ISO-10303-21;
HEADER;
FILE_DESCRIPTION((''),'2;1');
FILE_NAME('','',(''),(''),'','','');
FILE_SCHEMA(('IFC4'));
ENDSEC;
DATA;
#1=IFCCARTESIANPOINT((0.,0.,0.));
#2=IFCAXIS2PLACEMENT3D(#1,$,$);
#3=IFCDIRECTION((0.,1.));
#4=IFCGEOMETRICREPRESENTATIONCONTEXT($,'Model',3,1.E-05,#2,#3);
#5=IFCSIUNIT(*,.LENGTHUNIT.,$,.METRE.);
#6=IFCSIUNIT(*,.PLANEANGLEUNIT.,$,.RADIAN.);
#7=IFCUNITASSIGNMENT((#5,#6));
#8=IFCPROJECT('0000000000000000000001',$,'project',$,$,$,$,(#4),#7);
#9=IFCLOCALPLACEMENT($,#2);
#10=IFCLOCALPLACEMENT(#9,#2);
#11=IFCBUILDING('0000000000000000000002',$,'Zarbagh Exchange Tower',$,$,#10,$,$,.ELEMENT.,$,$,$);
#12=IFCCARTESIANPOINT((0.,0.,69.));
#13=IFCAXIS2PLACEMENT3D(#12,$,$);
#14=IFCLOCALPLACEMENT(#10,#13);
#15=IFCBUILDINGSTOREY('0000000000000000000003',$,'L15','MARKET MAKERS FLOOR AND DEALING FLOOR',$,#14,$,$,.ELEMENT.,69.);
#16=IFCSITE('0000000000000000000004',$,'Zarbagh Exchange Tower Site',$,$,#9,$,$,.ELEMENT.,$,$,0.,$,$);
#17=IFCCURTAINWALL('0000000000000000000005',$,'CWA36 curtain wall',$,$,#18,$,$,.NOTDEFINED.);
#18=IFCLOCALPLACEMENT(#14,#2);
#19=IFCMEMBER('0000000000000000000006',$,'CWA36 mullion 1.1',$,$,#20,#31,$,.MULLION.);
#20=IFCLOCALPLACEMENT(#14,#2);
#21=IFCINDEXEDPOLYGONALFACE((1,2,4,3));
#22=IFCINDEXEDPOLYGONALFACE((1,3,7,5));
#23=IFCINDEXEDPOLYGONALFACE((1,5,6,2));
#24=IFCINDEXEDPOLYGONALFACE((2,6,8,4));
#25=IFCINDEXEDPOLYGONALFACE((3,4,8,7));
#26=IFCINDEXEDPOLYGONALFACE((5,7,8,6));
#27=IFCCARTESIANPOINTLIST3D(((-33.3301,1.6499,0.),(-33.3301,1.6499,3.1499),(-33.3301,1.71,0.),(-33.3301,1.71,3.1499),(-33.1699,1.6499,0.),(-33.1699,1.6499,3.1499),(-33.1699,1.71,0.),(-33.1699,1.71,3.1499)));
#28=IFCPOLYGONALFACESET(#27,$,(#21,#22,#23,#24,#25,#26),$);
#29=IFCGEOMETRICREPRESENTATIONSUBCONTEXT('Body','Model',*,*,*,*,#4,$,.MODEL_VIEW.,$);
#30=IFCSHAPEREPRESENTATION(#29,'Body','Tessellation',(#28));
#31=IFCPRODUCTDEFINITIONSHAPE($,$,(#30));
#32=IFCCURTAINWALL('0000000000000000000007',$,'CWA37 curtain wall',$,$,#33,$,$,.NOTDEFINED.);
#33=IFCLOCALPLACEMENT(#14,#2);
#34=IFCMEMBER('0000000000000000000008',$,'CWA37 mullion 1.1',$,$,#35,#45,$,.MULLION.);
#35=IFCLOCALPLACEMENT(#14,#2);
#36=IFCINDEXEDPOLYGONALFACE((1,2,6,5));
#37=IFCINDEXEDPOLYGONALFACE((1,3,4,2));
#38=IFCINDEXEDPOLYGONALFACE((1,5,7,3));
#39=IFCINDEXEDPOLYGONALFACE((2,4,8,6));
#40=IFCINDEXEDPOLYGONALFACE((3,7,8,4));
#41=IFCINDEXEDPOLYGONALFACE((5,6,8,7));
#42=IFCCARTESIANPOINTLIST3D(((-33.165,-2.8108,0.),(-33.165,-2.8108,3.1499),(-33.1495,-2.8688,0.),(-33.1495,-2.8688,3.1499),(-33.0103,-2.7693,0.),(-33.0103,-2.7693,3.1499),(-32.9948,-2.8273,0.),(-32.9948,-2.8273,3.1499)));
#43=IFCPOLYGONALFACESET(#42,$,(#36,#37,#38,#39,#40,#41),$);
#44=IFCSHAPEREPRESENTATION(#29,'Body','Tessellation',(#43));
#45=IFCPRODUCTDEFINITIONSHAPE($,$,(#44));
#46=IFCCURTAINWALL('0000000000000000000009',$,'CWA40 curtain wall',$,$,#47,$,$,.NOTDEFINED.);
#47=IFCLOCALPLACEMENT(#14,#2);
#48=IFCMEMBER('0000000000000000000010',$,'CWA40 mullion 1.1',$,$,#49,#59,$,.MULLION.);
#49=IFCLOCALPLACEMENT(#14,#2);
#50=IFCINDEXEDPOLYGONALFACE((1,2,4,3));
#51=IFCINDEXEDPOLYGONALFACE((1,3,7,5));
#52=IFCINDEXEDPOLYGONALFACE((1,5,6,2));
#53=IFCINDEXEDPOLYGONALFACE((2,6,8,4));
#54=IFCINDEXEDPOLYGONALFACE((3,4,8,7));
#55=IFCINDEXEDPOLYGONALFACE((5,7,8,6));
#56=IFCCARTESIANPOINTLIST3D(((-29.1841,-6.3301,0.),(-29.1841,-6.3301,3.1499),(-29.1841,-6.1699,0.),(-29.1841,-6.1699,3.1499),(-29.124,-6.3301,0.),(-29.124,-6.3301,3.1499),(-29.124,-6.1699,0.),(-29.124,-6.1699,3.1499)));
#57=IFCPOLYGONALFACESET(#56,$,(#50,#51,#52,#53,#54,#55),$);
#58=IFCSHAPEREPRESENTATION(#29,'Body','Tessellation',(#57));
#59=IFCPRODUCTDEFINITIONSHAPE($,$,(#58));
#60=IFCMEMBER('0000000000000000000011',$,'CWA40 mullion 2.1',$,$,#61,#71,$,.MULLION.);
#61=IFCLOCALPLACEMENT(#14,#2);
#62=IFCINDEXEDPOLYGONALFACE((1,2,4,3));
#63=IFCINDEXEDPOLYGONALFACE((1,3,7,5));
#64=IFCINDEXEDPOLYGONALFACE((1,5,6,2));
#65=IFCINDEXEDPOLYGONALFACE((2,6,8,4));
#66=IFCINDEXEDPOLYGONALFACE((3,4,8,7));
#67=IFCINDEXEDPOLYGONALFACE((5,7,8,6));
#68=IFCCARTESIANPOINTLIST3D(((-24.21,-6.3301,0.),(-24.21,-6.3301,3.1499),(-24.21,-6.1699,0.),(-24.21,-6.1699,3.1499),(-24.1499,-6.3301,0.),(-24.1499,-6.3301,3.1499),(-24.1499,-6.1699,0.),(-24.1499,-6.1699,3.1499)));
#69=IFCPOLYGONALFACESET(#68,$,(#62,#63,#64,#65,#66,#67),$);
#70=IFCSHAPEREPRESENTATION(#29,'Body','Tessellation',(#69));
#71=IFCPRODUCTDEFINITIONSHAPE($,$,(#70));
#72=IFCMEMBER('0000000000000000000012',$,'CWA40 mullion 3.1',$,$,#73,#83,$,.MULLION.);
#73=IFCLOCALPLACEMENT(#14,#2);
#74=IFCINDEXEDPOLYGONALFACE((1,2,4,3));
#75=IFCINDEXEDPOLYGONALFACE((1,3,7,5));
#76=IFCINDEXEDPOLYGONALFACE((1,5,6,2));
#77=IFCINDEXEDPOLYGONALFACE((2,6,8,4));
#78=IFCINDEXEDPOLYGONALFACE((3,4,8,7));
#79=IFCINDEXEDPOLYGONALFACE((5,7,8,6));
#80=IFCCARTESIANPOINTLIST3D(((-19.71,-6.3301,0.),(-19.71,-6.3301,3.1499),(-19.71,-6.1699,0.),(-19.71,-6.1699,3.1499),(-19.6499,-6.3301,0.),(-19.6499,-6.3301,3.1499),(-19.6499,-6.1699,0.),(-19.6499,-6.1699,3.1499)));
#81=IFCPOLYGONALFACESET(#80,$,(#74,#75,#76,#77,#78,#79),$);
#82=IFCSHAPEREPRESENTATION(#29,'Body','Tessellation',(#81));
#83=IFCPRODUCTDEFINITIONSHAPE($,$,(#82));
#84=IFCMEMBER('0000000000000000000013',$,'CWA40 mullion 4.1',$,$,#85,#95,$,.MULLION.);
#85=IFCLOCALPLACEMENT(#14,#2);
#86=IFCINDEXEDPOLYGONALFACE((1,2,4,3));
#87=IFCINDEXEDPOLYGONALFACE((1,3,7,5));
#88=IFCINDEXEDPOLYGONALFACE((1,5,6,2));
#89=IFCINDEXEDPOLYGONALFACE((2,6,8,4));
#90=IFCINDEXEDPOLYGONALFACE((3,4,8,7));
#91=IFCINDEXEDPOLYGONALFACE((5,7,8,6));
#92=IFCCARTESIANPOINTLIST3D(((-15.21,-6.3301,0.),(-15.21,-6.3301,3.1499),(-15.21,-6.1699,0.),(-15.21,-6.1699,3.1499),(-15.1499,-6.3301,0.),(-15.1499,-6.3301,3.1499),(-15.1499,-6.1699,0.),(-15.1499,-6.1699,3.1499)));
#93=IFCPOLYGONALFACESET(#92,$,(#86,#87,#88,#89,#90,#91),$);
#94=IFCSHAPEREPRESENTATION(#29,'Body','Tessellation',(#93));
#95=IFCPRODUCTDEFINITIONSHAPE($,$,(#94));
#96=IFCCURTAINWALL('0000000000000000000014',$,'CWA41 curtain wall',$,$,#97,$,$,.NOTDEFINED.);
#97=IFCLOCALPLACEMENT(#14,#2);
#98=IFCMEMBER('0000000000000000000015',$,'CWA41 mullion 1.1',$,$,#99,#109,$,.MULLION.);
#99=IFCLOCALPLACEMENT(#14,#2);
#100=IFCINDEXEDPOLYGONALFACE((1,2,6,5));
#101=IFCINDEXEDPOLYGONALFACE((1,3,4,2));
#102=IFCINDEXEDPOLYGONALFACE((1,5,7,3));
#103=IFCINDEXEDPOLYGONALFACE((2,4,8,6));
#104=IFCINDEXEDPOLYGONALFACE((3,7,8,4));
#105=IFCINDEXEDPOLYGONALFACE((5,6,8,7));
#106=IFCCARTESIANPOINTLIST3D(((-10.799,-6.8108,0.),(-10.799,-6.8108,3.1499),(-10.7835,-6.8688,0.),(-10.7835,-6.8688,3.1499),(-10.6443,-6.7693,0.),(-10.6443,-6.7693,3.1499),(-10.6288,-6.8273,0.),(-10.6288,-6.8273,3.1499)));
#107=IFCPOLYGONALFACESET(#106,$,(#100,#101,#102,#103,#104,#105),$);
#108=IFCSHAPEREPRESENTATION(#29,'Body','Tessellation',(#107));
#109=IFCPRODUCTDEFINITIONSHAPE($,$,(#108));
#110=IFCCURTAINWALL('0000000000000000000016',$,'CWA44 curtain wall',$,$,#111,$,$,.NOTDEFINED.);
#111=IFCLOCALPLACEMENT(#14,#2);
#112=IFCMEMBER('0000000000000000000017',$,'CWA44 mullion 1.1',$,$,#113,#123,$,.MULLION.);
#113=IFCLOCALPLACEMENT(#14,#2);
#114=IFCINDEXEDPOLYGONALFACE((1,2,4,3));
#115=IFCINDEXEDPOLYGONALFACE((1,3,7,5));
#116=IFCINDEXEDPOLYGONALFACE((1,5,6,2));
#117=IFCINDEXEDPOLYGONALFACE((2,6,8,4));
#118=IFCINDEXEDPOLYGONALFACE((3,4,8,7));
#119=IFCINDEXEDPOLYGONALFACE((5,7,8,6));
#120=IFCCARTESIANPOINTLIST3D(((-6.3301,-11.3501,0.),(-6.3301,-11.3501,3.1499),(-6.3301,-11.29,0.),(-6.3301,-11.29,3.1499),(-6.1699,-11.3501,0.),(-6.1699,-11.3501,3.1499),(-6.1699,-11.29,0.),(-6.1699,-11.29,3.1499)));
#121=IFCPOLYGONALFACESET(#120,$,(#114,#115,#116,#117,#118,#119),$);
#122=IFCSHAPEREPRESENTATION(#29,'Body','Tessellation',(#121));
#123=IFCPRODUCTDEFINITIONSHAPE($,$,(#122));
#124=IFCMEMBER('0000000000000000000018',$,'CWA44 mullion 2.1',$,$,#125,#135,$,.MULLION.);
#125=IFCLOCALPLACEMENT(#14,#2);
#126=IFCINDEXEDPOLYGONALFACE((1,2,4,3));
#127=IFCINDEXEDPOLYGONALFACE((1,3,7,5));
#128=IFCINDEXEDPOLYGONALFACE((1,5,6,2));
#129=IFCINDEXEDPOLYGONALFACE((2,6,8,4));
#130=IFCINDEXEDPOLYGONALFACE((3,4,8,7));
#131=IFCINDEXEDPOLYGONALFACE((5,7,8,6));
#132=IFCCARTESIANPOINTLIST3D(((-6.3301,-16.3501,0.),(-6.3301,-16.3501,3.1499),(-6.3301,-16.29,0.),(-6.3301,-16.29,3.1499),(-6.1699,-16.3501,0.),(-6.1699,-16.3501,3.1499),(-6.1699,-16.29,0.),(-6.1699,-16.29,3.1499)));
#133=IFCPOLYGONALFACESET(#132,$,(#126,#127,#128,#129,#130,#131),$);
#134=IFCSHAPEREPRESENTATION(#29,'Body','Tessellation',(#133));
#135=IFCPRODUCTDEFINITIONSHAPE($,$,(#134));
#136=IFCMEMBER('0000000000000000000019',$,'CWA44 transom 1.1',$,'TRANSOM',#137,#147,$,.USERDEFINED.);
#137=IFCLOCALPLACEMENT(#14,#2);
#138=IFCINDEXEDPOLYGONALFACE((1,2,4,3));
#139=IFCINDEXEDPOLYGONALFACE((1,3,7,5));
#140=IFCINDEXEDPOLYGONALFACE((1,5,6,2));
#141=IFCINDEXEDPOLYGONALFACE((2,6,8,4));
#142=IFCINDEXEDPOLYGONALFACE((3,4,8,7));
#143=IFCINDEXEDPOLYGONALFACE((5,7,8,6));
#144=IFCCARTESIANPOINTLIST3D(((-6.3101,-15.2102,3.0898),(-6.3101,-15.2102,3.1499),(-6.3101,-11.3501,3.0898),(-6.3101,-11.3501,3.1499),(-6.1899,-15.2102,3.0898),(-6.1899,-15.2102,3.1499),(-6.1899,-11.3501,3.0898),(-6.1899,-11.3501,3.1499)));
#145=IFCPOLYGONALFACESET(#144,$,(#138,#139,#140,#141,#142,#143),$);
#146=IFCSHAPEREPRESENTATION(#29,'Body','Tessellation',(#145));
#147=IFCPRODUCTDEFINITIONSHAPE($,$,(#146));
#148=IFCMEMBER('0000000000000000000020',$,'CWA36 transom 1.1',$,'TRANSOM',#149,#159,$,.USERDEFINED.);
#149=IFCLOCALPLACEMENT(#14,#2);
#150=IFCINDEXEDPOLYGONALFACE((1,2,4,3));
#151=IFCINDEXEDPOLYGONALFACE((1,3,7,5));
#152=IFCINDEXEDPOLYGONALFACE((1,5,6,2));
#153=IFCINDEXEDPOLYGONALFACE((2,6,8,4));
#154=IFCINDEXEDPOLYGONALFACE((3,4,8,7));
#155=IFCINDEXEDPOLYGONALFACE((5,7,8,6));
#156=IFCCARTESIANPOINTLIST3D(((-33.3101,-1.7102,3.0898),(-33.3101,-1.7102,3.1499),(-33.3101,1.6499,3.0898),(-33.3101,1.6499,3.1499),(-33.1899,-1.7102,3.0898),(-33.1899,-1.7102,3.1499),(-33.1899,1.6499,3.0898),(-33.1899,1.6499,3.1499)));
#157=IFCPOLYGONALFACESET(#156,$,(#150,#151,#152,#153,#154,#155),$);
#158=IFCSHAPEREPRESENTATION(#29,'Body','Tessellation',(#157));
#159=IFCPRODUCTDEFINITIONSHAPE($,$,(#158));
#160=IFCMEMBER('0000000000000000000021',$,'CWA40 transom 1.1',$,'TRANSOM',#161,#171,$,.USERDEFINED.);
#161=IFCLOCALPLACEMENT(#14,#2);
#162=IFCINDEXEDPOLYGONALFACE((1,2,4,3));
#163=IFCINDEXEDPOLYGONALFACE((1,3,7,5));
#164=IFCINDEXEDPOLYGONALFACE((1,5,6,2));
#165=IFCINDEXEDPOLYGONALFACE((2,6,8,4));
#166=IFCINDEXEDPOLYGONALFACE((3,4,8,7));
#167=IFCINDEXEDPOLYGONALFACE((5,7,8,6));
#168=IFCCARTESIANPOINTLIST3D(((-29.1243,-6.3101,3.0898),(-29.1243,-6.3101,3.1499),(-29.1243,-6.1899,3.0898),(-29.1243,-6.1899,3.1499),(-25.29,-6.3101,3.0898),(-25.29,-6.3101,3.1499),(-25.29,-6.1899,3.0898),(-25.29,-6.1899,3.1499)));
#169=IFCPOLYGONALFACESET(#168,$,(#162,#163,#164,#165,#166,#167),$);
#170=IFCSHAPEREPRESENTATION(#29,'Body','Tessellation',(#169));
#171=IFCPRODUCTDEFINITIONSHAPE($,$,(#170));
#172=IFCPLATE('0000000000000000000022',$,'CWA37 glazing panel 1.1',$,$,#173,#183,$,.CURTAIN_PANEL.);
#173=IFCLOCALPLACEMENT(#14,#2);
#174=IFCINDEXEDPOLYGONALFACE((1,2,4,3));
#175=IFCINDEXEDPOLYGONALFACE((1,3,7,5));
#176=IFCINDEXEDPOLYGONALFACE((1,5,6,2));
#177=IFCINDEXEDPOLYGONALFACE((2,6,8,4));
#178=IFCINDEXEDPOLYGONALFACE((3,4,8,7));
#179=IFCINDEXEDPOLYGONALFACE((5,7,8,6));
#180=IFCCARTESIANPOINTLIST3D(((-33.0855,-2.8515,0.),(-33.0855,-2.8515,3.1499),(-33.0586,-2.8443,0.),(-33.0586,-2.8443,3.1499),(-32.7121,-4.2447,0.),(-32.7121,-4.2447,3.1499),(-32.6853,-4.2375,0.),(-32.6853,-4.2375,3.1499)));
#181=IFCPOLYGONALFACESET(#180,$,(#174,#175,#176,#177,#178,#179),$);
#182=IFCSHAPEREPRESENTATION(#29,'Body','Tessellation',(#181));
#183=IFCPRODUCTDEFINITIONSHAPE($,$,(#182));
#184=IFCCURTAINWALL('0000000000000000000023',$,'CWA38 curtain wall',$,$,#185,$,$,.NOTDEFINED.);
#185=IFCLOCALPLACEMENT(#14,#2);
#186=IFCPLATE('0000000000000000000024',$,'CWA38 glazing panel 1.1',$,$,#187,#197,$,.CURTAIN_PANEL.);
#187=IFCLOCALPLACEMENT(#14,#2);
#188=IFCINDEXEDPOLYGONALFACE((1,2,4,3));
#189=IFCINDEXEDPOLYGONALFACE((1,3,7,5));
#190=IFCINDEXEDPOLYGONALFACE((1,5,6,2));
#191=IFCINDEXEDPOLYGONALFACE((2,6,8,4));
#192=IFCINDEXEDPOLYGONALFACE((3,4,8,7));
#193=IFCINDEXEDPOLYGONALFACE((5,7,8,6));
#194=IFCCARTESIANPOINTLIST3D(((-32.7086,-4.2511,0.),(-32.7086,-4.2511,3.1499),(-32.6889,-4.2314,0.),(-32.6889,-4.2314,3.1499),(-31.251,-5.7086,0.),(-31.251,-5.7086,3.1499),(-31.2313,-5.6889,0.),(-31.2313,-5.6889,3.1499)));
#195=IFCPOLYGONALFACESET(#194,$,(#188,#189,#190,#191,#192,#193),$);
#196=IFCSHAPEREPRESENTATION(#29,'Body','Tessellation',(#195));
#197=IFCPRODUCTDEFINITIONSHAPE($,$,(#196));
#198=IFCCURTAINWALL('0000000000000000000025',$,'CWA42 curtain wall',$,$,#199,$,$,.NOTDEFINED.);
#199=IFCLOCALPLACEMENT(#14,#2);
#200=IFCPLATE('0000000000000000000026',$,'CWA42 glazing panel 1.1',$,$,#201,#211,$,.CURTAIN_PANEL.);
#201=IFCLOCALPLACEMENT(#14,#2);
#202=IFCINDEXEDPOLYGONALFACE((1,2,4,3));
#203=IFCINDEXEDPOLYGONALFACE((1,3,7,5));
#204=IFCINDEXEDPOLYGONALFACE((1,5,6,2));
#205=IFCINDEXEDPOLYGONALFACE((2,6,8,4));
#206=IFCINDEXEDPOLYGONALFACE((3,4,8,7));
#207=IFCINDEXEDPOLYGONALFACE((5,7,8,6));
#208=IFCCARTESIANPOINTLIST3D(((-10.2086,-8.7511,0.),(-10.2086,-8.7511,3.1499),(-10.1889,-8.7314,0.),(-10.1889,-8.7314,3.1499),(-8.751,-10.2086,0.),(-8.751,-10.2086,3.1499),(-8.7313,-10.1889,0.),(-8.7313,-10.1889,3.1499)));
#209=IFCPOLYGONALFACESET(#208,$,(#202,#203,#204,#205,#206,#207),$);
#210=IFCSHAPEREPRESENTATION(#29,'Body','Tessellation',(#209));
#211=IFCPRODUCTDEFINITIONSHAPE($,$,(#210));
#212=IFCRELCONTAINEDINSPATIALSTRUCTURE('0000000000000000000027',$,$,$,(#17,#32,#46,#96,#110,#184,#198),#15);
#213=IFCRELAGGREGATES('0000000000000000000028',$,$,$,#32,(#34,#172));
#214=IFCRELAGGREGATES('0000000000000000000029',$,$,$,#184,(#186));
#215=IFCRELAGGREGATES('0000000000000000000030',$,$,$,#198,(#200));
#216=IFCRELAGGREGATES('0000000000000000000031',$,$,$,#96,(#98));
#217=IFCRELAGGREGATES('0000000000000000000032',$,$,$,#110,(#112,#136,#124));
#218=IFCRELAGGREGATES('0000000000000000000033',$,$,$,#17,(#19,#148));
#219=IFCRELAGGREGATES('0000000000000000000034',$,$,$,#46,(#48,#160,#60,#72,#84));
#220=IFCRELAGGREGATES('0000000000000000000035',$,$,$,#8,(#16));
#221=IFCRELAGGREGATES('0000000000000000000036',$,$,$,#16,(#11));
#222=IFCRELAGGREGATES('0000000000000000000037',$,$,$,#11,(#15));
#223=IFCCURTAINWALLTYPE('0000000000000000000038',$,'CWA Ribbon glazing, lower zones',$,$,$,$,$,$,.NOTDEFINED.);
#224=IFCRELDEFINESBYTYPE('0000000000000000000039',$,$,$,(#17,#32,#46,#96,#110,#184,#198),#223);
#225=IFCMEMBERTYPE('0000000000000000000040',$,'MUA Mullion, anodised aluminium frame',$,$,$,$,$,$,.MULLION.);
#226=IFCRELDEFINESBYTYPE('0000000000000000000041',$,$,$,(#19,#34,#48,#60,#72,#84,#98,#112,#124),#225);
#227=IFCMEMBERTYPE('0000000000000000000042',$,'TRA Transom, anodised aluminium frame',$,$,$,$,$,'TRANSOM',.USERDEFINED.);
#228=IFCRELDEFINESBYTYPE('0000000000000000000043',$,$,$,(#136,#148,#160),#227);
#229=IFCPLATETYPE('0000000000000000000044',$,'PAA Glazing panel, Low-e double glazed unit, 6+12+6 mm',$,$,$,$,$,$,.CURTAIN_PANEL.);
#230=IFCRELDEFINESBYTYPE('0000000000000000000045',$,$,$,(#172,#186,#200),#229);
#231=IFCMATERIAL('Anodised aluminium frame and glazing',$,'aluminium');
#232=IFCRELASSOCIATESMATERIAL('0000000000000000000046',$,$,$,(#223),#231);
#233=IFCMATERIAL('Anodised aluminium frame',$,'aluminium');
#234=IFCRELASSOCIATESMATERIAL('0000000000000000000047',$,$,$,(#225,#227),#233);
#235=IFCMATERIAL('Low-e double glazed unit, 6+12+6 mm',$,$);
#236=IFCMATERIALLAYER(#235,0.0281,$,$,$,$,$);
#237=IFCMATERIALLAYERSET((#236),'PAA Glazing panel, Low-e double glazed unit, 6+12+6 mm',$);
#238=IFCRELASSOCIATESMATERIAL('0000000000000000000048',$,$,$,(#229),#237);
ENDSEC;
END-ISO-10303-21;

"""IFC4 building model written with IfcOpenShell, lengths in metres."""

from ifc_helpers import new_model, si_unit, direction, frame, origin, place, context, subcontext, project, spatial, polyline, outline, extrude, source, transform, mapped, material, layer, layer_set, type_object, element, aggregate, save


model = new_model("IFC4")

# Units and contexts
model_context = context("Model", 3, precision=1e-05, world=origin(), true_north=direction((0.0, 1.0)))
body_context = subcontext(model_context, "Body", "Model", "MODEL_VIEW")
ifc_project = project(units=[si_unit("LENGTHUNIT", "METRE"), si_unit("PLANEANGLEUNIT", "RADIAN")], contexts=[model_context])

# Site, building, storey
site_placement = place(None, origin())
site = spatial("IfcSite", under=ifc_project, at=site_placement, Name="Zarbagh Exchange Tower Site", CompositionType="ELEMENT", RefElevation=0.0)
building_placement = place(site_placement, origin())
building = spatial("IfcBuilding", under=site, at=building_placement, Name="Zarbagh Exchange Tower", CompositionType="ELEMENT")
storey_placement = place(building_placement, frame((0.0, 0.0, 69.0)))
storey = spatial("IfcBuildingStorey", under=building, at=storey_placement, Name="L15", Description="MARKET MAKERS FLOOR AND DEALING FLOOR", CompositionType="ELEMENT", Elevation=69.0)

# Curtain walls, members
ifc_material_1 = material(Name="Anodised aluminium frame and glazing", Category="aluminium")
curtain_wall_type = type_object("IfcCurtainWallType", Name="CWA Ribbon glazing, lower zones", PredefinedType="NOTDEFINED", material=ifc_material_1)
curtain_wall_1_placement = place(storey_placement, origin())
curtain_wall_1 = element("IfcCurtainWall", 1, at=curtain_wall_1_placement, inside=storey, type_object=curtain_wall_type, Name="CWA36 curtain wall", PredefinedType="NOTDEFINED")
ifc_material_2 = material(Name="Anodised aluminium frame", Category="aluminium")
member_type_1 = type_object("IfcMemberType", Name="MUA Mullion, anodised aluminium frame", PredefinedType="MULLION", material=ifc_material_2)
shared_shape_1 = source(origin(), body_context, "Body", "SweptSolid", [
    extrude(outline(polyline([(0.0, -0.0801), (0.0601, -0.0801), (0.0601, 0.0801), (0.0, 0.0801), (0.0, -0.0801)])), origin(), (0.0, 0.0, 1.0), 3.1499),
])
placement = place(storey_placement, origin())
member_1 = element("IfcMember", 2, at=placement, type_object=member_type_1, Name="CWA36 mullion 1.1", PredefinedType="MULLION", context=body_context, shape_type="MappedRepresentation", body=[
    mapped(shared_shape_1, transform((-33.25, 1.71, 0.0), x_axis=(0.0, -1.0, 0.0), y_axis=(1.0, 0.0, 0.0), z_axis=(0.0, 0.0, 1.0))),
])
curtain_wall_2_placement = place(storey_placement, origin())
curtain_wall_2 = element("IfcCurtainWall", 3, at=curtain_wall_2_placement, inside=storey, type_object=curtain_wall_type, Name="CWA37 curtain wall", PredefinedType="NOTDEFINED")
member_2 = element("IfcMember", 4, at=placement, type_object=member_type_1, Name="CWA37 mullion 1.1", PredefinedType="MULLION", context=body_context, shape_type="MappedRepresentation", body=[
    mapped(shared_shape_1, transform((-33.0876, -2.79, 0.0), x_axis=(0.258825, -0.965924, 0.0), y_axis=(0.965924, 0.258825, 0.0), z_axis=(0.0, 0.0, 1.0))),
])

# Curtain wall, members
curtain_wall_3_placement = place(storey_placement, origin())
curtain_wall_3 = element("IfcCurtainWall", 5, at=curtain_wall_3_placement, inside=storey, type_object=curtain_wall_type, Name="CWA40 curtain wall", PredefinedType="NOTDEFINED")
member_3 = element("IfcMember", 6, at=placement, type_object=member_type_1, Name="CWA40 mullion 1.1", PredefinedType="MULLION", context=body_context, shape_type="MappedRepresentation", body=[
    mapped(shared_shape_1, transform((-29.1841, -6.25, 0.0), x_axis=(1.0, 0.0, 0.0), y_axis=(0.0, 1.0, 0.0), z_axis=(0.0, 0.0, 1.0))),
])
member_4 = element("IfcMember", 7, at=placement, type_object=member_type_1, Name="CWA40 mullion 2.1", PredefinedType="MULLION", context=body_context, shape_type="MappedRepresentation", body=[
    mapped(shared_shape_1, transform((-24.21, -6.25, 0.0), x_axis=(1.0, 0.0, 0.0), y_axis=(0.0, 1.0, 0.0), z_axis=(0.0, 0.0, 1.0))),
])
member_5 = element("IfcMember", 8, at=placement, type_object=member_type_1, Name="CWA40 mullion 3.1", PredefinedType="MULLION", context=body_context, shape_type="MappedRepresentation", body=[
    mapped(shared_shape_1, transform((-19.71, -6.25, 0.0), x_axis=(1.0, 0.0, 0.0), y_axis=(0.0, 1.0, 0.0), z_axis=(0.0, 0.0, 1.0))),
])
member_6 = element("IfcMember", 9, at=placement, type_object=member_type_1, Name="CWA40 mullion 4.1", PredefinedType="MULLION", context=body_context, shape_type="MappedRepresentation", body=[
    mapped(shared_shape_1, transform((-15.21, -6.25, 0.0), x_axis=(1.0, 0.0, 0.0), y_axis=(0.0, 1.0, 0.0), z_axis=(0.0, 0.0, 1.0))),
])

# Curtain wall, member
curtain_wall_4_placement = place(storey_placement, origin())
curtain_wall_4 = element("IfcCurtainWall", 10, at=curtain_wall_4_placement, inside=storey, type_object=curtain_wall_type, Name="CWA41 curtain wall", PredefinedType="NOTDEFINED")
member_7 = element("IfcMember", 11, at=placement, type_object=member_type_1, Name="CWA41 mullion 1.1", PredefinedType="MULLION", context=body_context, shape_type="MappedRepresentation", body=[
    mapped(shared_shape_1, transform((-10.7217, -6.79, 0.0), x_axis=(0.258825, -0.965924, 0.0), y_axis=(0.965924, 0.258825, 0.0), z_axis=(0.0, 0.0, 1.0))),
])

# Curtain wall, members
curtain_wall_5_placement = place(storey_placement, origin())
curtain_wall_5 = element("IfcCurtainWall", 12, at=curtain_wall_5_placement, inside=storey, type_object=curtain_wall_type, Name="CWA44 curtain wall", PredefinedType="NOTDEFINED")
member_8 = element("IfcMember", 13, at=placement, type_object=member_type_1, Name="CWA44 mullion 1.1", PredefinedType="MULLION", context=body_context, shape_type="MappedRepresentation", body=[
    mapped(shared_shape_1, transform((-6.25, -11.29, 0.0), x_axis=(0.0, -1.0, 0.0), y_axis=(1.0, 0.0, 0.0), z_axis=(0.0, 0.0, 1.0))),
])
member_9 = element("IfcMember", 14, at=placement, type_object=member_type_1, Name="CWA44 mullion 2.1", PredefinedType="MULLION", context=body_context, shape_type="MappedRepresentation", body=[
    mapped(shared_shape_1, transform((-6.25, -16.29, 0.0), x_axis=(0.0, -1.0, 0.0), y_axis=(1.0, 0.0, 0.0), z_axis=(0.0, 0.0, 1.0))),
])
member_type_2 = type_object("IfcMemberType", Name="TRA Transom, anodised aluminium frame", ElementType="TRANSOM", PredefinedType="USERDEFINED", material=ifc_material_2)
shared_shape_2 = source(origin(), body_context, "Body", "SweptSolid", [
    extrude(outline(polyline([(-0.0601, -0.0601), (0.0, -0.0601), (0.0, 0.0601), (-0.0601, 0.0601), (-0.0601, -0.0601)])), origin(), (0.0, 0.0, 1.0), 3.8601),
])
member_10 = element("IfcMember", 15, at=placement, type_object=member_type_2, Name="CWA44 transom 1.1", ObjectType="TRANSOM", PredefinedType="USERDEFINED", context=body_context, shape_type="MappedRepresentation", body=[
    mapped(shared_shape_2, transform((-6.25, -11.3501, 3.1499), x_axis=(0.0, 0.0, 1.0), y_axis=(-1.0, 0.0, 0.0), z_axis=(0.0, -1.0, 0.0))),
])

# Members
shared_shape_3 = source(origin(), body_context, "Body", "SweptSolid", [
    extrude(outline(polyline([(-0.0601, -0.0601), (0.0, -0.0601), (0.0, 0.0601), (-0.0601, 0.0601), (-0.0601, -0.0601)])), origin(), (0.0, 0.0, 1.0), 3.3601),
])
member_11 = element("IfcMember", 16, at=placement, type_object=member_type_2, Name="CWA36 transom 1.1", ObjectType="TRANSOM", PredefinedType="USERDEFINED", context=body_context, shape_type="MappedRepresentation", body=[
    mapped(shared_shape_3, transform((-33.25, 1.6499, 3.1499), x_axis=(0.0, 0.0, 1.0), y_axis=(-1.0, 0.0, 0.0), z_axis=(0.0, -1.0, 0.0))),
])
shared_shape_4 = source(origin(), body_context, "Body", "SweptSolid", [
    extrude(outline(polyline([(-0.0601, -0.0601), (0.0, -0.0601), (0.0, 0.0601), (-0.0601, 0.0601), (-0.0601, -0.0601)])), origin(), (0.0, 0.0, 1.0), 3.8342),
])
member_12 = element("IfcMember", 17, at=placement, type_object=member_type_2, Name="CWA40 transom 1.1", ObjectType="TRANSOM", PredefinedType="USERDEFINED", context=body_context, shape_type="MappedRepresentation", body=[
    mapped(shared_shape_4, transform((-29.1243, -6.25, 3.1499), x_axis=(0.0, 0.0, 1.0), y_axis=(0.0, -1.0, 0.0), z_axis=(1.0, 0.0, 0.0))),
])

# Plate
ifc_material_3 = material(Name="Low-e double glazed unit, 6+12+6 mm")
ifc_layer = layer(ifc_material_3, 0.0281)
ifc_layer_set = layer_set([ifc_layer], Name="PAA Glazing panel, Low-e double glazed unit, 6+12+6 mm")
plate_type = type_object("IfcPlateType", Name="PAA Glazing panel, Low-e double glazed unit, 6+12+6 mm", PredefinedType="CURTAIN_PANEL", material=ifc_layer_set)
shared_shape_5 = source(origin(), body_context, "Body", "SweptSolid", [
    extrude(outline(polyline([(0.0, -0.0139), (1.4424, -0.0139), (1.4424, 0.0139), (0.0, 0.0139), (0.0, -0.0139)])), origin(), (0.0, 0.0, 1.0), 3.1499),
])
plate_1 = element("IfcPlate", 18, at=placement, type_object=plate_type, Name="CWA37 glazing panel 1.1", PredefinedType="CURTAIN_PANEL", context=body_context, shape_type="MappedRepresentation", body=[
    mapped(shared_shape_5, transform((-33.072, -2.8479, 0.0), x_axis=(0.258825, -0.965924, 0.0), y_axis=(0.965924, 0.258825, 0.0), z_axis=(0.0, 0.0, 1.0))),
])
aggregate(curtain_wall_2, [member_2, plate_1])

# Curtain walls, plates
curtain_wall_6_placement = place(storey_placement, origin())
curtain_wall_6 = element("IfcCurtainWall", 19, at=curtain_wall_6_placement, inside=storey, type_object=curtain_wall_type, Name="CWA38 curtain wall", PredefinedType="NOTDEFINED")
shared_shape_6 = source(origin(), body_context, "Body", "SweptSolid", [
    extrude(outline(polyline([(0.0, -0.0139), (2.0613, -0.0139), (2.0613, 0.0139), (0.0, 0.0139), (0.0, -0.0139)])), origin(), (0.0, 0.0, 1.0), 3.1499),
])
plate_2 = element("IfcPlate", 20, at=placement, type_object=plate_type, Name="CWA38 glazing panel 1.1", PredefinedType="CURTAIN_PANEL", context=body_context, shape_type="MappedRepresentation", body=[
    mapped(shared_shape_6, transform((-32.6987, -4.2412, 0.0), x_axis=(0.707107, -0.707107, 0.0), y_axis=(0.707107, 0.707107, 0.0), z_axis=(0.0, 0.0, 1.0))),
])
aggregate(curtain_wall_6, [plate_2])
curtain_wall_7_placement = place(storey_placement, origin())
curtain_wall_7 = element("IfcCurtainWall", 21, at=curtain_wall_7_placement, inside=storey, type_object=curtain_wall_type, Name="CWA42 curtain wall", PredefinedType="NOTDEFINED")
plate_3 = element("IfcPlate", 22, at=placement, type_object=plate_type, Name="CWA42 glazing panel 1.1", PredefinedType="CURTAIN_PANEL", context=body_context, shape_type="MappedRepresentation", body=[
    mapped(shared_shape_6, transform((-10.1987, -8.7412, 0.0), x_axis=(0.707107, -0.707107, 0.0), y_axis=(0.707107, 0.707107, 0.0), z_axis=(0.0, 0.0, 1.0))),
])
aggregate(curtain_wall_7, [plate_3])

aggregate(curtain_wall_4, [member_7])

aggregate(curtain_wall_5, [member_8, member_10, member_9])
aggregate(curtain_wall_1, [member_1, member_11])
aggregate(curtain_wall_3, [member_3, member_12, member_4, member_5, member_6])

save(model, "model.ifc")
